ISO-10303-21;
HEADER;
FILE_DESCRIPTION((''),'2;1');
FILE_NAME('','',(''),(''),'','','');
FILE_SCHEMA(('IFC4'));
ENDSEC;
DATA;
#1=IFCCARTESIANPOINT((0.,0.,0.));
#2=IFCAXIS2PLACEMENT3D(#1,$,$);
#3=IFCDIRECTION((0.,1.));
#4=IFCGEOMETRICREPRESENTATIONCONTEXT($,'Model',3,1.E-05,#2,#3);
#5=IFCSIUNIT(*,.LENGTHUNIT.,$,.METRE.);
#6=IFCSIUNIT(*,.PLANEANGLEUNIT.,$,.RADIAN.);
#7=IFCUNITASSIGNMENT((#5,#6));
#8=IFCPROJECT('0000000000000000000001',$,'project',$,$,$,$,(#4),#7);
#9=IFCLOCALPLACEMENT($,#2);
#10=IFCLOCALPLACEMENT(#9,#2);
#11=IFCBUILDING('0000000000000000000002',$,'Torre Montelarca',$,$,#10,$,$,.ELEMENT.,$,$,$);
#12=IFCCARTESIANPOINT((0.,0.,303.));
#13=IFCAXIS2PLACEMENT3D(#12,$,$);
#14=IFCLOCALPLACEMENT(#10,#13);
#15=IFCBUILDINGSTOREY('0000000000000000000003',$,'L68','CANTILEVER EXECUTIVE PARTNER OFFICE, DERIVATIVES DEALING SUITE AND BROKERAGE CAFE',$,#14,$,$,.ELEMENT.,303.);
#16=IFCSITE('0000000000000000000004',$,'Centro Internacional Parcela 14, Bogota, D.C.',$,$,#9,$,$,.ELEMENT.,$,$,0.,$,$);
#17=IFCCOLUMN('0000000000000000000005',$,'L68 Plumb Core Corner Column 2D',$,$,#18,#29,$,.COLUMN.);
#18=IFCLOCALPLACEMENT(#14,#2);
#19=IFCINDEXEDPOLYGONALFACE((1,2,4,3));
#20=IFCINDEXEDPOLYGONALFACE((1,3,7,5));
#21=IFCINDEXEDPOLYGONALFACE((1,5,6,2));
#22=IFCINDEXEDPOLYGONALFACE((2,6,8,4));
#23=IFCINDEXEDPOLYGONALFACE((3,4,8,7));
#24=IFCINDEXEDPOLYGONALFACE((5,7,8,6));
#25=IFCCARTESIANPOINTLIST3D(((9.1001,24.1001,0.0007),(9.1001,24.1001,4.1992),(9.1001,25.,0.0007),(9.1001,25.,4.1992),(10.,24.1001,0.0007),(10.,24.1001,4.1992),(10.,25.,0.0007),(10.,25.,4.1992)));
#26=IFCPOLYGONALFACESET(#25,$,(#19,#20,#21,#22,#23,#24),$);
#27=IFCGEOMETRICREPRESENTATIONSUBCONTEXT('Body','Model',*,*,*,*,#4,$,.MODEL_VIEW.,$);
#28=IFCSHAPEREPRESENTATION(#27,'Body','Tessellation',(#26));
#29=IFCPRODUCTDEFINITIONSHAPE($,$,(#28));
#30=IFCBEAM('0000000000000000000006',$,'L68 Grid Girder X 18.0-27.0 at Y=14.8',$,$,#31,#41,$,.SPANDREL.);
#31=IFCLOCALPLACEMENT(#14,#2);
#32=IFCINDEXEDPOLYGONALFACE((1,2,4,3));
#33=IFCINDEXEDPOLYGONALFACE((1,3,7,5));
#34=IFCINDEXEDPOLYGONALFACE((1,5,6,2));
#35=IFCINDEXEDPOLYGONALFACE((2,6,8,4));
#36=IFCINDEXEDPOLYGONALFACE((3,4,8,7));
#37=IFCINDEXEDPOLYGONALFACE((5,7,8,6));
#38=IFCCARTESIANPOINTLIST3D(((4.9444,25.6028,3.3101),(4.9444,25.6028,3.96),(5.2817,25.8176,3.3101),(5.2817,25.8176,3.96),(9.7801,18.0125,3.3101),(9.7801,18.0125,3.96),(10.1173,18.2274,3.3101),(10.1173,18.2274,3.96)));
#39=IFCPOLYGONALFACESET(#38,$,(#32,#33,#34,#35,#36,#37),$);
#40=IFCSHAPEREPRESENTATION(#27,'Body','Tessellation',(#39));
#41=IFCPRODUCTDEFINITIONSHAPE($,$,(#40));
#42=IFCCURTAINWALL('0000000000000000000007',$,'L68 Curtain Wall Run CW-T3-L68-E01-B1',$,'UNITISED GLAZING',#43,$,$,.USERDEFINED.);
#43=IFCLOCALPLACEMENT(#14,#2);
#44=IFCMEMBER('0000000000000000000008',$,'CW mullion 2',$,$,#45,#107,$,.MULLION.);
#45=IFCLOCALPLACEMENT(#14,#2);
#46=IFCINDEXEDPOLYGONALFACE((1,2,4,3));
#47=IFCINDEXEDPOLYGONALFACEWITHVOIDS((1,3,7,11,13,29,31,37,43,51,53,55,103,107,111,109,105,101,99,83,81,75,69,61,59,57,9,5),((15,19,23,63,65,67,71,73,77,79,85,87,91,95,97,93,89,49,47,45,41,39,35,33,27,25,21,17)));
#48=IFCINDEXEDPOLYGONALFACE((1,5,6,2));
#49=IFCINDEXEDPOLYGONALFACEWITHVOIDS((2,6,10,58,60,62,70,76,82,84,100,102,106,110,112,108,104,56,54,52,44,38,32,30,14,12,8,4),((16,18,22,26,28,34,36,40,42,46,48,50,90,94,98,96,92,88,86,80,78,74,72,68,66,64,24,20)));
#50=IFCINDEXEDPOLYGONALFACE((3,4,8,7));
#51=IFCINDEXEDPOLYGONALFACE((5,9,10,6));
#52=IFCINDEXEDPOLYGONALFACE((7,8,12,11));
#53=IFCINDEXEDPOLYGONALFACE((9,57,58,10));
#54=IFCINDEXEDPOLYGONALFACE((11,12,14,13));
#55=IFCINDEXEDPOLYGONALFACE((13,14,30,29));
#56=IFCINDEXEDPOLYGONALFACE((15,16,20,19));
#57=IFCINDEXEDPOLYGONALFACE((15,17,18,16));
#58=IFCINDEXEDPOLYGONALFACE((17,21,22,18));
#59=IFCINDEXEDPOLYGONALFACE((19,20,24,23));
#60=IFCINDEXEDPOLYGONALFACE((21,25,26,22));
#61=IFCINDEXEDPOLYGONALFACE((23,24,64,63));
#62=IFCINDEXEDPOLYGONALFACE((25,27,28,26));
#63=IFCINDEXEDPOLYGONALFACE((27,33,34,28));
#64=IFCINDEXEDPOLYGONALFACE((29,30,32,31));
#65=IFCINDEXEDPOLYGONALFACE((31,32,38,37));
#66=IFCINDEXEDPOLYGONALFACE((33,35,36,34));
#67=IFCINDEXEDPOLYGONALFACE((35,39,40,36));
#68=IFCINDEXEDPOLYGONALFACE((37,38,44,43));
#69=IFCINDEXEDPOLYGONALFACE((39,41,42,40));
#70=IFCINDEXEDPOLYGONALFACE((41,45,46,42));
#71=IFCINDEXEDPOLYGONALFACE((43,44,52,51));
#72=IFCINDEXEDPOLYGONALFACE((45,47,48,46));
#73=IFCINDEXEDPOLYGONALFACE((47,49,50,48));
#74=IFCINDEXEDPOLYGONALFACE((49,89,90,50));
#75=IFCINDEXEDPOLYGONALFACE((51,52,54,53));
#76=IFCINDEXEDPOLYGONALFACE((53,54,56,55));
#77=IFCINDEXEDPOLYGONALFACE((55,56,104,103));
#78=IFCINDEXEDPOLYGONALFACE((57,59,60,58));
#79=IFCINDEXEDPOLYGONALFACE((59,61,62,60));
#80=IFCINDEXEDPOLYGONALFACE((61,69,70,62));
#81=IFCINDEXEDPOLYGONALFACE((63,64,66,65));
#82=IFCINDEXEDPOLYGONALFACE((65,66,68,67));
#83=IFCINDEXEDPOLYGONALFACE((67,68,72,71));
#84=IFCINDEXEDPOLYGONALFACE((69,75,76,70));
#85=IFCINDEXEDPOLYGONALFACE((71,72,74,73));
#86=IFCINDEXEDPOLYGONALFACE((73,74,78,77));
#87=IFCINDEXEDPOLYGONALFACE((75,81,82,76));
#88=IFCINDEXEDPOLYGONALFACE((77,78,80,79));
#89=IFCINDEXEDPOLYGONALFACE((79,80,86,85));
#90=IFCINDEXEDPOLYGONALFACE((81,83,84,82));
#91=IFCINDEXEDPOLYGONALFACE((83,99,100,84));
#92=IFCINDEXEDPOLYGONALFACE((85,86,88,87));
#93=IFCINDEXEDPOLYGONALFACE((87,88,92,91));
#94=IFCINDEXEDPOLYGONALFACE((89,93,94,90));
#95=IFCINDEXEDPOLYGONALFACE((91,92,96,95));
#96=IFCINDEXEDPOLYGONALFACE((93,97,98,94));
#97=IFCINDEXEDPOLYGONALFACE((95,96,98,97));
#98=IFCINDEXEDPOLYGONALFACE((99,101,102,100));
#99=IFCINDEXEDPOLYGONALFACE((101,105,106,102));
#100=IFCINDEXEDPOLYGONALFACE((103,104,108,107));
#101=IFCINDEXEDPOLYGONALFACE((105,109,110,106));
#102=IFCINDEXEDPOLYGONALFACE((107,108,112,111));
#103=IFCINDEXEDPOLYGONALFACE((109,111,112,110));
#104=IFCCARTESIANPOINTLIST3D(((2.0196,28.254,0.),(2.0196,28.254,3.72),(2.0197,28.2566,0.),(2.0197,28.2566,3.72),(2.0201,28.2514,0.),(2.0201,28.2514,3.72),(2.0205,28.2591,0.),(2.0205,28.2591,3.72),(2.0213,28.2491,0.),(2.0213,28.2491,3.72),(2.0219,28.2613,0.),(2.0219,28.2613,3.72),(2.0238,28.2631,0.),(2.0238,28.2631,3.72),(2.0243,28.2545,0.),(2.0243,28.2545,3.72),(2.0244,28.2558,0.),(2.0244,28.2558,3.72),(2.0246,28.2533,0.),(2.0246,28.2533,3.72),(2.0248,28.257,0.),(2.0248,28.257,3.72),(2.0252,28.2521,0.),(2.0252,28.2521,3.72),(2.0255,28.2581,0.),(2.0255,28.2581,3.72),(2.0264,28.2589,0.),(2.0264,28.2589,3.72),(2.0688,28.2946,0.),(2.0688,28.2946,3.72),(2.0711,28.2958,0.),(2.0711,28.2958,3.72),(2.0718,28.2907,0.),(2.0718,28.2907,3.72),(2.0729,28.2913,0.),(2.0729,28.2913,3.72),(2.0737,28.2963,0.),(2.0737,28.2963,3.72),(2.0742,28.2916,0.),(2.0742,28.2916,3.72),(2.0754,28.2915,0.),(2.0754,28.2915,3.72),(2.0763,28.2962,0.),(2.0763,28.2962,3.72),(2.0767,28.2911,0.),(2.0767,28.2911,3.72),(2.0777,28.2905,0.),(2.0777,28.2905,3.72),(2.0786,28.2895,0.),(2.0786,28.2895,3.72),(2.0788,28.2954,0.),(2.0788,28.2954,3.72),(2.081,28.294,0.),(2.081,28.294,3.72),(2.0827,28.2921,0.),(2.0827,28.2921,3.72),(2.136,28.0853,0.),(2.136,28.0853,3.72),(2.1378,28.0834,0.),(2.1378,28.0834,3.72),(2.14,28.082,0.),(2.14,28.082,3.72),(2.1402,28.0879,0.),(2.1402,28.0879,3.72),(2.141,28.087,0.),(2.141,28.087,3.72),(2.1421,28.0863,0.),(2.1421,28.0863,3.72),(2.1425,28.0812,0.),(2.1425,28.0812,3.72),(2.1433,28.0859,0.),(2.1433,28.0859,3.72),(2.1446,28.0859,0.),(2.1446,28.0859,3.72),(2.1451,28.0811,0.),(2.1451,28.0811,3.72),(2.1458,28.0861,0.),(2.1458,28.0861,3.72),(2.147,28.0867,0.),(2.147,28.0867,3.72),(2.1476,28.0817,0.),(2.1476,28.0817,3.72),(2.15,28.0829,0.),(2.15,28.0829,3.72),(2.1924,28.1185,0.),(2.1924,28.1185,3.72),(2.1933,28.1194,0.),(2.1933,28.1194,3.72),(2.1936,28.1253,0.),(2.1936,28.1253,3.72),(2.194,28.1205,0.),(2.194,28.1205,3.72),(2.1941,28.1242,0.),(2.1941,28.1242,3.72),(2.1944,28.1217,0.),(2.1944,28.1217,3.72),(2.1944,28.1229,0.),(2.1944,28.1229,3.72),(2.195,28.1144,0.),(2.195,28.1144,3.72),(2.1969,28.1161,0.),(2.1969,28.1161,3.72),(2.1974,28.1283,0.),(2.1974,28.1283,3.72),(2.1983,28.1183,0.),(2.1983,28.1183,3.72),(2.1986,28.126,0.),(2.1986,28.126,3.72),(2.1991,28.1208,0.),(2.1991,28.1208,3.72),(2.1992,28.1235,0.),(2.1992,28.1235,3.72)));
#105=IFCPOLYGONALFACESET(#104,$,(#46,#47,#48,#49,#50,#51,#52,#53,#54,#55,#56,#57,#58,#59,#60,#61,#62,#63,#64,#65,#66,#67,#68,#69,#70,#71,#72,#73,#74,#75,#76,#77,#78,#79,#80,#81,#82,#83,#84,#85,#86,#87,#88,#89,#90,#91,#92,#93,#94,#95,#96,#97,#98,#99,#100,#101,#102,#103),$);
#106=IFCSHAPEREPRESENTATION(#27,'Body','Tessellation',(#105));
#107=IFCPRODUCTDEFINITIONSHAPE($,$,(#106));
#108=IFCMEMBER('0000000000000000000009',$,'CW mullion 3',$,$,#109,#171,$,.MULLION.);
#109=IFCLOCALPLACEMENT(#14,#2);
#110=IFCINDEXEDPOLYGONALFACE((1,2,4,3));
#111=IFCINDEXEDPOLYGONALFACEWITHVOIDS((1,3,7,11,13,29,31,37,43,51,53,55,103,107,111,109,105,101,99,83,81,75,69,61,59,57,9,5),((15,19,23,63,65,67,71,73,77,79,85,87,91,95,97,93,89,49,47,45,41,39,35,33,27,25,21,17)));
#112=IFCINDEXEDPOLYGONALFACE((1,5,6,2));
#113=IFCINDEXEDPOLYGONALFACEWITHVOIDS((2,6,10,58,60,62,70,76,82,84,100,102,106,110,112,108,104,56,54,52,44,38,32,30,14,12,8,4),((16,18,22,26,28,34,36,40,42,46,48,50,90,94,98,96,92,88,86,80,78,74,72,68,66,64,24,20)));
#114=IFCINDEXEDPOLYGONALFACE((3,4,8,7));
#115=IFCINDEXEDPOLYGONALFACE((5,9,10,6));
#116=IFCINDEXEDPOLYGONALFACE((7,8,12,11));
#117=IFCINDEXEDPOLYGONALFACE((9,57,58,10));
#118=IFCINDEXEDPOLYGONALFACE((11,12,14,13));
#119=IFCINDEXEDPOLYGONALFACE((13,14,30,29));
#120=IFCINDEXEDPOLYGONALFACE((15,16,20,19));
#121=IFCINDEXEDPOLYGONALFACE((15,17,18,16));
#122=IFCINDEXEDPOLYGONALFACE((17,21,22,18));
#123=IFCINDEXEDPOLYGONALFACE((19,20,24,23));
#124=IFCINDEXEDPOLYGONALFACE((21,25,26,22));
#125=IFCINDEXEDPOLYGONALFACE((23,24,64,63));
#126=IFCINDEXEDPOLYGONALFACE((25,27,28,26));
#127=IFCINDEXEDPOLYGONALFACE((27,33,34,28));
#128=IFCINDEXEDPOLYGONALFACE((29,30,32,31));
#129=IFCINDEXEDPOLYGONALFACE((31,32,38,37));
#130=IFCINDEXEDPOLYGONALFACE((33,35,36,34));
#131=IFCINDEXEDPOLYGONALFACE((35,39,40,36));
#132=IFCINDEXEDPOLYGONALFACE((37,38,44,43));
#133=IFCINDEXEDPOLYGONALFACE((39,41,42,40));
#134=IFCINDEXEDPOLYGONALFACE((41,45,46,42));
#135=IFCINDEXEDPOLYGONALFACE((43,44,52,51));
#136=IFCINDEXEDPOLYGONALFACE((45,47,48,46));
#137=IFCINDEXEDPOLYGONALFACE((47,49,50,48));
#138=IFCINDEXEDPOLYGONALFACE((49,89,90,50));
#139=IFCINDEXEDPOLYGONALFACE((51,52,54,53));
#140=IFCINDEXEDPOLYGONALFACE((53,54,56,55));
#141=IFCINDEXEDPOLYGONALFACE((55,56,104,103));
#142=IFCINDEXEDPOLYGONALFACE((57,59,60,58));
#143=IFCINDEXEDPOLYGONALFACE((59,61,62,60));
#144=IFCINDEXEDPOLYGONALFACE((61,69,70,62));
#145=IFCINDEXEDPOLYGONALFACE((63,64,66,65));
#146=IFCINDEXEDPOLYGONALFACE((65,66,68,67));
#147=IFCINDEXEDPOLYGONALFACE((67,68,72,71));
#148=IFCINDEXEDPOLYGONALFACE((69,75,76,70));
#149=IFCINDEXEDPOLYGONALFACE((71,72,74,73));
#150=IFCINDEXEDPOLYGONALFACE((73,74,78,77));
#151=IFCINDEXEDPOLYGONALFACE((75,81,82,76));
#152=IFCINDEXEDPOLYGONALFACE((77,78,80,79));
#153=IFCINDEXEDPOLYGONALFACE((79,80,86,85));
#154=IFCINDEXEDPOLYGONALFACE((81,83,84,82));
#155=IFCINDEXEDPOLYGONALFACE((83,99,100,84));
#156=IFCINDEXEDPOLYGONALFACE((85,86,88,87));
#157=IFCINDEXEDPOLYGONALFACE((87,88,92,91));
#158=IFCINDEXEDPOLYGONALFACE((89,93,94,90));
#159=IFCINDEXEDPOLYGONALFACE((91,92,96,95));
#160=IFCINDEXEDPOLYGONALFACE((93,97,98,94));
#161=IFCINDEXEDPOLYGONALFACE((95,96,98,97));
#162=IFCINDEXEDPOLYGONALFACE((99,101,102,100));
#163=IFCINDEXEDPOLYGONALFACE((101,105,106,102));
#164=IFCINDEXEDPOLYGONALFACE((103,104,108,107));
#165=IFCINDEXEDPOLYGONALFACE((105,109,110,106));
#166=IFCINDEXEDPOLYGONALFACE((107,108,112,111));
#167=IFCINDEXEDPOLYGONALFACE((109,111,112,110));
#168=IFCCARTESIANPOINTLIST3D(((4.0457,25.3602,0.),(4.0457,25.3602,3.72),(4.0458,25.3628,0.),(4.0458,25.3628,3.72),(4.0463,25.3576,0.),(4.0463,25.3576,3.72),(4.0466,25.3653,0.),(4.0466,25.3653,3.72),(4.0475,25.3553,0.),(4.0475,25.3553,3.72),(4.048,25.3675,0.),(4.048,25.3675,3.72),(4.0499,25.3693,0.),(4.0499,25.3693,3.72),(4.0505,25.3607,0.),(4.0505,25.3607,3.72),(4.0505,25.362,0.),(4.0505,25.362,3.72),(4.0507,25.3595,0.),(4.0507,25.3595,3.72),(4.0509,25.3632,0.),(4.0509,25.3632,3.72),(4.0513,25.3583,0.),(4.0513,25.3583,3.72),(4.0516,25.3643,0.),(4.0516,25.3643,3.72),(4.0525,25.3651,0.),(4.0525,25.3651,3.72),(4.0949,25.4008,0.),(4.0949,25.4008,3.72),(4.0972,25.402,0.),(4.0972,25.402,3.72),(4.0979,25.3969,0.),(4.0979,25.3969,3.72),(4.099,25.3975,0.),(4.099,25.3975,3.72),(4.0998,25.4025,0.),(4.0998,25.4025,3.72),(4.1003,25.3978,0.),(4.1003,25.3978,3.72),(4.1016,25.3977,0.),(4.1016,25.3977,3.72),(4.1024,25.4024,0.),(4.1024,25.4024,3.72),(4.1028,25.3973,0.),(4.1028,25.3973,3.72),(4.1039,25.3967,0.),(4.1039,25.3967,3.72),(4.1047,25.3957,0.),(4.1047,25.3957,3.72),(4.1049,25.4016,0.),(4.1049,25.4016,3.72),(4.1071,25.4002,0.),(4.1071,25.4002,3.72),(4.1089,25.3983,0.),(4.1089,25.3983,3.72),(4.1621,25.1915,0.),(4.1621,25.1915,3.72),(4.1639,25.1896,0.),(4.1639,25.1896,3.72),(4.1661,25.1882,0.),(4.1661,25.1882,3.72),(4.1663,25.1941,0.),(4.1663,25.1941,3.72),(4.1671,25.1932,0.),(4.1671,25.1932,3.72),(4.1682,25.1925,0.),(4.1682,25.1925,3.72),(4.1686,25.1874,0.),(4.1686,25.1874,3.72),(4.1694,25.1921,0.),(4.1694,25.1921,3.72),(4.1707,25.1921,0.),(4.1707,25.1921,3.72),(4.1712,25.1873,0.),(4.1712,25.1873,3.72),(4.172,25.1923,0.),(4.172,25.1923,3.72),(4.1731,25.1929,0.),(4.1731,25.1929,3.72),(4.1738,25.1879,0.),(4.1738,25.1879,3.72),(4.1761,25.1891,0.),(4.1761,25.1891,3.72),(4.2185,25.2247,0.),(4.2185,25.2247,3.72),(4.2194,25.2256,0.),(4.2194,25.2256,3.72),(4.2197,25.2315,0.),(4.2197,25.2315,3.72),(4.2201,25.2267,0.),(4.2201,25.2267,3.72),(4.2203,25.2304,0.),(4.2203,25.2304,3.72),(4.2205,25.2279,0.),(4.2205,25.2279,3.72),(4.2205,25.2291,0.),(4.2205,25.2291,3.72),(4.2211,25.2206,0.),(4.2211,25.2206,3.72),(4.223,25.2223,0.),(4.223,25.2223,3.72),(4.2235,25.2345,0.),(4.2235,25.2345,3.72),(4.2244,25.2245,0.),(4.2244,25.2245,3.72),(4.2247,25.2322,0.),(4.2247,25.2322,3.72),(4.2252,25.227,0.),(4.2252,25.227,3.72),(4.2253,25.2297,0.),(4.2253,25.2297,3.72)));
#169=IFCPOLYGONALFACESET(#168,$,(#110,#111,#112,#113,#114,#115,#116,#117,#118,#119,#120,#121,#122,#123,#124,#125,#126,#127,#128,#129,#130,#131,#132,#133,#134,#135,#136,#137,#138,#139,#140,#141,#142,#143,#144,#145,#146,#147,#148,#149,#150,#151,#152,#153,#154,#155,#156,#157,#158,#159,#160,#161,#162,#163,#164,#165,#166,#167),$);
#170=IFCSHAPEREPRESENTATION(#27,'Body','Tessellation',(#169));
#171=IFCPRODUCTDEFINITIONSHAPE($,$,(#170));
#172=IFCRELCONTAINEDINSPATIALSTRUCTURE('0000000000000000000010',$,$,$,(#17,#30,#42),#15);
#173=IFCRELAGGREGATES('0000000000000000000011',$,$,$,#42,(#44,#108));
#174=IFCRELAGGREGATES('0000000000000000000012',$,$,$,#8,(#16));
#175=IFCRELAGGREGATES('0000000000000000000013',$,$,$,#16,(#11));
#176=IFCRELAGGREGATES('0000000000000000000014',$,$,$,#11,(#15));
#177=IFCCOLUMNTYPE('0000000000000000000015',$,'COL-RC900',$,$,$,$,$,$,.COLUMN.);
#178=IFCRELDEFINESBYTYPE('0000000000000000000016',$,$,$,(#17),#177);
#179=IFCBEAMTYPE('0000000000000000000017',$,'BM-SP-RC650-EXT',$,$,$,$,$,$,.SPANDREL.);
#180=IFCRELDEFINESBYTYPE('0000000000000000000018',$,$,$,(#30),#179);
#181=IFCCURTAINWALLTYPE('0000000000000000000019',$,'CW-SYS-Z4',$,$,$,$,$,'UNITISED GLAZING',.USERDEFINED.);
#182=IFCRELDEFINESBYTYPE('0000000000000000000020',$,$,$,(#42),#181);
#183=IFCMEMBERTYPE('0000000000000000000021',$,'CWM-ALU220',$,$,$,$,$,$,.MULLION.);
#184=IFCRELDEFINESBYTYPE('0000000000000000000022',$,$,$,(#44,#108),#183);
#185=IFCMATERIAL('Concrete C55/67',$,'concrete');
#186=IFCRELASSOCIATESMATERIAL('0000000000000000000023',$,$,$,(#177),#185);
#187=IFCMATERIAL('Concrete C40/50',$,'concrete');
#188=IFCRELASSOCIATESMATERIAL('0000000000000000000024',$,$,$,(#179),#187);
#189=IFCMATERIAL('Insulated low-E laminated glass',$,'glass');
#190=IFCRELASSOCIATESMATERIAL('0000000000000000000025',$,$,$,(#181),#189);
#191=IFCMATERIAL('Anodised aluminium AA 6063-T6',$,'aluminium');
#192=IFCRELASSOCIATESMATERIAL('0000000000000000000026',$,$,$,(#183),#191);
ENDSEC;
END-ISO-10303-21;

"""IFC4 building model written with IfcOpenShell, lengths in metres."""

from ifc_helpers import new_model, si_unit, direction, frame, origin, origin_2d, place, context, subcontext, project, spatial, rectangle, hollow_rectangle, extrude, source, transform, mapped, material, material_profile, profile_set, type_object, element, aggregate, save


model = new_model("IFC4")

# Units and contexts
model_context = context("Model", 3, precision=1e-05, world=origin(), true_north=direction((0.0, 1.0)))
body_context = subcontext(model_context, "Body", "Model", "MODEL_VIEW")
ifc_project = project(units=[si_unit("LENGTHUNIT", "METRE"), si_unit("PLANEANGLEUNIT", "RADIAN")], contexts=[model_context])

# Site, building, storey
site_placement = place(None, origin())
site = spatial("IfcSite", under=ifc_project, at=site_placement, Name="Centro Internacional Parcela 14, Bogota, D.C.", CompositionType="ELEMENT", RefElevation=0.0)
building_placement = place(site_placement, origin())
building = spatial("IfcBuilding", under=site, at=building_placement, Name="Torre Montelarca", CompositionType="ELEMENT")
storey_placement = place(building_placement, frame((0.0, 0.0, 303.0)))
storey = spatial("IfcBuildingStorey", under=building, at=storey_placement, Name="L68", Description="CANTILEVER EXECUTIVE PARTNER OFFICE, DERIVATIVES DEALING SUITE AND BROKERAGE CAFE", CompositionType="ELEMENT", Elevation=303.0)

# Column
ifc_material_1 = material(Name="Concrete C55/67", Category="concrete")
ifc_material_profile_1 = material_profile(ifc_material_1, rectangle(XDim=0.8999, YDim=0.8999, at=origin_2d()), Name="RC900X900", Category="concrete")
ifc_profile_set_1 = profile_set([ifc_material_profile_1], Name="Concrete C55/67")
column_type_1 = type_object("IfcColumnType", Name="COL-RC900", PredefinedType="COLUMN", material=ifc_profile_set_1)
shared_shape_1 = source(origin(), body_context, "Body", "SweptSolid", [
    extrude(rectangle(XDim=0.8999, YDim=0.8999, at=origin_2d()), origin(), (0.0, 0.0, 1.0), 4.1985),
])
column_1_placement = place(storey_placement, frame((9.55, 24.55, 0.0007), z_axis=(0.0, 0.0, 1.0), x_axis=(1.0, 0.0, 0.0)))
element("IfcColumn", 1, at=column_1_placement, inside=storey, type_object=column_type_1, Name="L68 Plumb Core Corner Column 2D", PredefinedType="COLUMN", context=body_context, shape_type="MappedRepresentation", body=[
    mapped(shared_shape_1, transform((0.0, 0.0, 0.0), scale=1.0)),
])

# Beam
ifc_material_2 = material(Name="Concrete C40/50", Category="concrete")
ifc_material_profile_2 = material_profile(ifc_material_2, rectangle(XDim=0.3999, YDim=0.6499, at=origin_2d()), Name="RCB400X650", Category="concrete")
ifc_profile_set_2 = profile_set([ifc_material_profile_2], Name="Concrete C40/50")
beam_type = type_object("IfcBeamType", Name="BM-SP-RC650-EXT", PredefinedType="SPANDREL", material=ifc_profile_set_2)
shared_shape_2 = source(origin(), body_context, "Body", "SweptSolid", [
    extrude(rectangle(XDim=0.3999, YDim=0.6499, at=origin_2d()), origin(), (0.0, 0.0, 1.0), 8.9998),
])
beam_placement = place(storey_placement, frame((5.113, 25.7102, 3.635), z_axis=(0.537309, -0.843385, 0.0), x_axis=(0.843385, 0.537309, 0.0)))
element("IfcBeam", 2, at=beam_placement, inside=storey, type_object=beam_type, Name="L68 Grid Girder X 18.0-27.0 at Y=14.8", PredefinedType="SPANDREL", context=body_context, shape_type="MappedRepresentation", body=[
    mapped(shared_shape_2, transform((0.0, 0.0, 0.0), scale=1.0)),
])

# Curtain wall, members
ifc_material_3 = material(Name="Insulated low-E laminated glass", Category="glass")
curtain_wall_type = type_object("IfcCurtainWallType", Name="CW-SYS-Z4", ElementType="UNITISED GLAZING", PredefinedType="USERDEFINED", material=ifc_material_3)
curtain_wall_1_placement = place(storey_placement, origin())
curtain_wall_1 = element("IfcCurtainWall", 3, at=curtain_wall_1_placement, inside=storey, type_object=curtain_wall_type, Name="L68 Curtain Wall Run CW-T3-L68-E01-B1", ObjectType="UNITISED GLAZING", PredefinedType="USERDEFINED")
ifc_material_4 = material(Name="Anodised aluminium AA 6063-T6", Category="aluminium")
ifc_material_profile_3 = material_profile(ifc_material_4, hollow_rectangle(XDim=0.075, YDim=0.22, WallThickness=0.0049, InnerFilletRadius=0.0049, OuterFilletRadius=0.01, at=origin_2d()), Name="ALU75X220X5", Category="aluminium")
ifc_profile_set_3 = profile_set([ifc_material_profile_3], Name="Anodised aluminium AA 6063-T6")
member_type_1 = type_object("IfcMemberType", Name="CWM-ALU220", PredefinedType="MULLION", material=ifc_profile_set_3)
shared_shape_3 = source(origin(), body_context, "Body", "SweptSolid", [
    extrude(hollow_rectangle(XDim=0.075, YDim=0.22, WallThickness=0.0049, InnerFilletRadius=0.0049, OuterFilletRadius=0.01, at=origin_2d()), origin(), (0.0, 0.0, 1.0), 3.72),
])
member_1_placement = place(storey_placement, frame((2.1094, 28.1887, 0.0), z_axis=(0.0, 0.0, 1.0), x_axis=(0.819157, 0.573569, 0.0)))
member_1 = element("IfcMember", 4, at=member_1_placement, type_object=member_type_1, Name="CW mullion 2", PredefinedType="MULLION", context=body_context, shape_type="MappedRepresentation", body=[
    mapped(shared_shape_3, transform((0.0, 0.0, 0.0), scale=1.0)),
])
member_2_placement = place(storey_placement, frame((4.1355, 25.2949, 0.0), z_axis=(0.0, 0.0, 1.0), x_axis=(0.819157, 0.573569, 0.0)))
member_2 = element("IfcMember", 5, at=member_2_placement, type_object=member_type_1, Name="CW mullion 3", PredefinedType="MULLION", context=body_context, shape_type="MappedRepresentation", body=[
    mapped(shared_shape_3, transform((0.0, 0.0, 0.0), scale=1.0)),
])

aggregate(curtain_wall_1, [member_1, member_2])

save(model, "model.ifc")
